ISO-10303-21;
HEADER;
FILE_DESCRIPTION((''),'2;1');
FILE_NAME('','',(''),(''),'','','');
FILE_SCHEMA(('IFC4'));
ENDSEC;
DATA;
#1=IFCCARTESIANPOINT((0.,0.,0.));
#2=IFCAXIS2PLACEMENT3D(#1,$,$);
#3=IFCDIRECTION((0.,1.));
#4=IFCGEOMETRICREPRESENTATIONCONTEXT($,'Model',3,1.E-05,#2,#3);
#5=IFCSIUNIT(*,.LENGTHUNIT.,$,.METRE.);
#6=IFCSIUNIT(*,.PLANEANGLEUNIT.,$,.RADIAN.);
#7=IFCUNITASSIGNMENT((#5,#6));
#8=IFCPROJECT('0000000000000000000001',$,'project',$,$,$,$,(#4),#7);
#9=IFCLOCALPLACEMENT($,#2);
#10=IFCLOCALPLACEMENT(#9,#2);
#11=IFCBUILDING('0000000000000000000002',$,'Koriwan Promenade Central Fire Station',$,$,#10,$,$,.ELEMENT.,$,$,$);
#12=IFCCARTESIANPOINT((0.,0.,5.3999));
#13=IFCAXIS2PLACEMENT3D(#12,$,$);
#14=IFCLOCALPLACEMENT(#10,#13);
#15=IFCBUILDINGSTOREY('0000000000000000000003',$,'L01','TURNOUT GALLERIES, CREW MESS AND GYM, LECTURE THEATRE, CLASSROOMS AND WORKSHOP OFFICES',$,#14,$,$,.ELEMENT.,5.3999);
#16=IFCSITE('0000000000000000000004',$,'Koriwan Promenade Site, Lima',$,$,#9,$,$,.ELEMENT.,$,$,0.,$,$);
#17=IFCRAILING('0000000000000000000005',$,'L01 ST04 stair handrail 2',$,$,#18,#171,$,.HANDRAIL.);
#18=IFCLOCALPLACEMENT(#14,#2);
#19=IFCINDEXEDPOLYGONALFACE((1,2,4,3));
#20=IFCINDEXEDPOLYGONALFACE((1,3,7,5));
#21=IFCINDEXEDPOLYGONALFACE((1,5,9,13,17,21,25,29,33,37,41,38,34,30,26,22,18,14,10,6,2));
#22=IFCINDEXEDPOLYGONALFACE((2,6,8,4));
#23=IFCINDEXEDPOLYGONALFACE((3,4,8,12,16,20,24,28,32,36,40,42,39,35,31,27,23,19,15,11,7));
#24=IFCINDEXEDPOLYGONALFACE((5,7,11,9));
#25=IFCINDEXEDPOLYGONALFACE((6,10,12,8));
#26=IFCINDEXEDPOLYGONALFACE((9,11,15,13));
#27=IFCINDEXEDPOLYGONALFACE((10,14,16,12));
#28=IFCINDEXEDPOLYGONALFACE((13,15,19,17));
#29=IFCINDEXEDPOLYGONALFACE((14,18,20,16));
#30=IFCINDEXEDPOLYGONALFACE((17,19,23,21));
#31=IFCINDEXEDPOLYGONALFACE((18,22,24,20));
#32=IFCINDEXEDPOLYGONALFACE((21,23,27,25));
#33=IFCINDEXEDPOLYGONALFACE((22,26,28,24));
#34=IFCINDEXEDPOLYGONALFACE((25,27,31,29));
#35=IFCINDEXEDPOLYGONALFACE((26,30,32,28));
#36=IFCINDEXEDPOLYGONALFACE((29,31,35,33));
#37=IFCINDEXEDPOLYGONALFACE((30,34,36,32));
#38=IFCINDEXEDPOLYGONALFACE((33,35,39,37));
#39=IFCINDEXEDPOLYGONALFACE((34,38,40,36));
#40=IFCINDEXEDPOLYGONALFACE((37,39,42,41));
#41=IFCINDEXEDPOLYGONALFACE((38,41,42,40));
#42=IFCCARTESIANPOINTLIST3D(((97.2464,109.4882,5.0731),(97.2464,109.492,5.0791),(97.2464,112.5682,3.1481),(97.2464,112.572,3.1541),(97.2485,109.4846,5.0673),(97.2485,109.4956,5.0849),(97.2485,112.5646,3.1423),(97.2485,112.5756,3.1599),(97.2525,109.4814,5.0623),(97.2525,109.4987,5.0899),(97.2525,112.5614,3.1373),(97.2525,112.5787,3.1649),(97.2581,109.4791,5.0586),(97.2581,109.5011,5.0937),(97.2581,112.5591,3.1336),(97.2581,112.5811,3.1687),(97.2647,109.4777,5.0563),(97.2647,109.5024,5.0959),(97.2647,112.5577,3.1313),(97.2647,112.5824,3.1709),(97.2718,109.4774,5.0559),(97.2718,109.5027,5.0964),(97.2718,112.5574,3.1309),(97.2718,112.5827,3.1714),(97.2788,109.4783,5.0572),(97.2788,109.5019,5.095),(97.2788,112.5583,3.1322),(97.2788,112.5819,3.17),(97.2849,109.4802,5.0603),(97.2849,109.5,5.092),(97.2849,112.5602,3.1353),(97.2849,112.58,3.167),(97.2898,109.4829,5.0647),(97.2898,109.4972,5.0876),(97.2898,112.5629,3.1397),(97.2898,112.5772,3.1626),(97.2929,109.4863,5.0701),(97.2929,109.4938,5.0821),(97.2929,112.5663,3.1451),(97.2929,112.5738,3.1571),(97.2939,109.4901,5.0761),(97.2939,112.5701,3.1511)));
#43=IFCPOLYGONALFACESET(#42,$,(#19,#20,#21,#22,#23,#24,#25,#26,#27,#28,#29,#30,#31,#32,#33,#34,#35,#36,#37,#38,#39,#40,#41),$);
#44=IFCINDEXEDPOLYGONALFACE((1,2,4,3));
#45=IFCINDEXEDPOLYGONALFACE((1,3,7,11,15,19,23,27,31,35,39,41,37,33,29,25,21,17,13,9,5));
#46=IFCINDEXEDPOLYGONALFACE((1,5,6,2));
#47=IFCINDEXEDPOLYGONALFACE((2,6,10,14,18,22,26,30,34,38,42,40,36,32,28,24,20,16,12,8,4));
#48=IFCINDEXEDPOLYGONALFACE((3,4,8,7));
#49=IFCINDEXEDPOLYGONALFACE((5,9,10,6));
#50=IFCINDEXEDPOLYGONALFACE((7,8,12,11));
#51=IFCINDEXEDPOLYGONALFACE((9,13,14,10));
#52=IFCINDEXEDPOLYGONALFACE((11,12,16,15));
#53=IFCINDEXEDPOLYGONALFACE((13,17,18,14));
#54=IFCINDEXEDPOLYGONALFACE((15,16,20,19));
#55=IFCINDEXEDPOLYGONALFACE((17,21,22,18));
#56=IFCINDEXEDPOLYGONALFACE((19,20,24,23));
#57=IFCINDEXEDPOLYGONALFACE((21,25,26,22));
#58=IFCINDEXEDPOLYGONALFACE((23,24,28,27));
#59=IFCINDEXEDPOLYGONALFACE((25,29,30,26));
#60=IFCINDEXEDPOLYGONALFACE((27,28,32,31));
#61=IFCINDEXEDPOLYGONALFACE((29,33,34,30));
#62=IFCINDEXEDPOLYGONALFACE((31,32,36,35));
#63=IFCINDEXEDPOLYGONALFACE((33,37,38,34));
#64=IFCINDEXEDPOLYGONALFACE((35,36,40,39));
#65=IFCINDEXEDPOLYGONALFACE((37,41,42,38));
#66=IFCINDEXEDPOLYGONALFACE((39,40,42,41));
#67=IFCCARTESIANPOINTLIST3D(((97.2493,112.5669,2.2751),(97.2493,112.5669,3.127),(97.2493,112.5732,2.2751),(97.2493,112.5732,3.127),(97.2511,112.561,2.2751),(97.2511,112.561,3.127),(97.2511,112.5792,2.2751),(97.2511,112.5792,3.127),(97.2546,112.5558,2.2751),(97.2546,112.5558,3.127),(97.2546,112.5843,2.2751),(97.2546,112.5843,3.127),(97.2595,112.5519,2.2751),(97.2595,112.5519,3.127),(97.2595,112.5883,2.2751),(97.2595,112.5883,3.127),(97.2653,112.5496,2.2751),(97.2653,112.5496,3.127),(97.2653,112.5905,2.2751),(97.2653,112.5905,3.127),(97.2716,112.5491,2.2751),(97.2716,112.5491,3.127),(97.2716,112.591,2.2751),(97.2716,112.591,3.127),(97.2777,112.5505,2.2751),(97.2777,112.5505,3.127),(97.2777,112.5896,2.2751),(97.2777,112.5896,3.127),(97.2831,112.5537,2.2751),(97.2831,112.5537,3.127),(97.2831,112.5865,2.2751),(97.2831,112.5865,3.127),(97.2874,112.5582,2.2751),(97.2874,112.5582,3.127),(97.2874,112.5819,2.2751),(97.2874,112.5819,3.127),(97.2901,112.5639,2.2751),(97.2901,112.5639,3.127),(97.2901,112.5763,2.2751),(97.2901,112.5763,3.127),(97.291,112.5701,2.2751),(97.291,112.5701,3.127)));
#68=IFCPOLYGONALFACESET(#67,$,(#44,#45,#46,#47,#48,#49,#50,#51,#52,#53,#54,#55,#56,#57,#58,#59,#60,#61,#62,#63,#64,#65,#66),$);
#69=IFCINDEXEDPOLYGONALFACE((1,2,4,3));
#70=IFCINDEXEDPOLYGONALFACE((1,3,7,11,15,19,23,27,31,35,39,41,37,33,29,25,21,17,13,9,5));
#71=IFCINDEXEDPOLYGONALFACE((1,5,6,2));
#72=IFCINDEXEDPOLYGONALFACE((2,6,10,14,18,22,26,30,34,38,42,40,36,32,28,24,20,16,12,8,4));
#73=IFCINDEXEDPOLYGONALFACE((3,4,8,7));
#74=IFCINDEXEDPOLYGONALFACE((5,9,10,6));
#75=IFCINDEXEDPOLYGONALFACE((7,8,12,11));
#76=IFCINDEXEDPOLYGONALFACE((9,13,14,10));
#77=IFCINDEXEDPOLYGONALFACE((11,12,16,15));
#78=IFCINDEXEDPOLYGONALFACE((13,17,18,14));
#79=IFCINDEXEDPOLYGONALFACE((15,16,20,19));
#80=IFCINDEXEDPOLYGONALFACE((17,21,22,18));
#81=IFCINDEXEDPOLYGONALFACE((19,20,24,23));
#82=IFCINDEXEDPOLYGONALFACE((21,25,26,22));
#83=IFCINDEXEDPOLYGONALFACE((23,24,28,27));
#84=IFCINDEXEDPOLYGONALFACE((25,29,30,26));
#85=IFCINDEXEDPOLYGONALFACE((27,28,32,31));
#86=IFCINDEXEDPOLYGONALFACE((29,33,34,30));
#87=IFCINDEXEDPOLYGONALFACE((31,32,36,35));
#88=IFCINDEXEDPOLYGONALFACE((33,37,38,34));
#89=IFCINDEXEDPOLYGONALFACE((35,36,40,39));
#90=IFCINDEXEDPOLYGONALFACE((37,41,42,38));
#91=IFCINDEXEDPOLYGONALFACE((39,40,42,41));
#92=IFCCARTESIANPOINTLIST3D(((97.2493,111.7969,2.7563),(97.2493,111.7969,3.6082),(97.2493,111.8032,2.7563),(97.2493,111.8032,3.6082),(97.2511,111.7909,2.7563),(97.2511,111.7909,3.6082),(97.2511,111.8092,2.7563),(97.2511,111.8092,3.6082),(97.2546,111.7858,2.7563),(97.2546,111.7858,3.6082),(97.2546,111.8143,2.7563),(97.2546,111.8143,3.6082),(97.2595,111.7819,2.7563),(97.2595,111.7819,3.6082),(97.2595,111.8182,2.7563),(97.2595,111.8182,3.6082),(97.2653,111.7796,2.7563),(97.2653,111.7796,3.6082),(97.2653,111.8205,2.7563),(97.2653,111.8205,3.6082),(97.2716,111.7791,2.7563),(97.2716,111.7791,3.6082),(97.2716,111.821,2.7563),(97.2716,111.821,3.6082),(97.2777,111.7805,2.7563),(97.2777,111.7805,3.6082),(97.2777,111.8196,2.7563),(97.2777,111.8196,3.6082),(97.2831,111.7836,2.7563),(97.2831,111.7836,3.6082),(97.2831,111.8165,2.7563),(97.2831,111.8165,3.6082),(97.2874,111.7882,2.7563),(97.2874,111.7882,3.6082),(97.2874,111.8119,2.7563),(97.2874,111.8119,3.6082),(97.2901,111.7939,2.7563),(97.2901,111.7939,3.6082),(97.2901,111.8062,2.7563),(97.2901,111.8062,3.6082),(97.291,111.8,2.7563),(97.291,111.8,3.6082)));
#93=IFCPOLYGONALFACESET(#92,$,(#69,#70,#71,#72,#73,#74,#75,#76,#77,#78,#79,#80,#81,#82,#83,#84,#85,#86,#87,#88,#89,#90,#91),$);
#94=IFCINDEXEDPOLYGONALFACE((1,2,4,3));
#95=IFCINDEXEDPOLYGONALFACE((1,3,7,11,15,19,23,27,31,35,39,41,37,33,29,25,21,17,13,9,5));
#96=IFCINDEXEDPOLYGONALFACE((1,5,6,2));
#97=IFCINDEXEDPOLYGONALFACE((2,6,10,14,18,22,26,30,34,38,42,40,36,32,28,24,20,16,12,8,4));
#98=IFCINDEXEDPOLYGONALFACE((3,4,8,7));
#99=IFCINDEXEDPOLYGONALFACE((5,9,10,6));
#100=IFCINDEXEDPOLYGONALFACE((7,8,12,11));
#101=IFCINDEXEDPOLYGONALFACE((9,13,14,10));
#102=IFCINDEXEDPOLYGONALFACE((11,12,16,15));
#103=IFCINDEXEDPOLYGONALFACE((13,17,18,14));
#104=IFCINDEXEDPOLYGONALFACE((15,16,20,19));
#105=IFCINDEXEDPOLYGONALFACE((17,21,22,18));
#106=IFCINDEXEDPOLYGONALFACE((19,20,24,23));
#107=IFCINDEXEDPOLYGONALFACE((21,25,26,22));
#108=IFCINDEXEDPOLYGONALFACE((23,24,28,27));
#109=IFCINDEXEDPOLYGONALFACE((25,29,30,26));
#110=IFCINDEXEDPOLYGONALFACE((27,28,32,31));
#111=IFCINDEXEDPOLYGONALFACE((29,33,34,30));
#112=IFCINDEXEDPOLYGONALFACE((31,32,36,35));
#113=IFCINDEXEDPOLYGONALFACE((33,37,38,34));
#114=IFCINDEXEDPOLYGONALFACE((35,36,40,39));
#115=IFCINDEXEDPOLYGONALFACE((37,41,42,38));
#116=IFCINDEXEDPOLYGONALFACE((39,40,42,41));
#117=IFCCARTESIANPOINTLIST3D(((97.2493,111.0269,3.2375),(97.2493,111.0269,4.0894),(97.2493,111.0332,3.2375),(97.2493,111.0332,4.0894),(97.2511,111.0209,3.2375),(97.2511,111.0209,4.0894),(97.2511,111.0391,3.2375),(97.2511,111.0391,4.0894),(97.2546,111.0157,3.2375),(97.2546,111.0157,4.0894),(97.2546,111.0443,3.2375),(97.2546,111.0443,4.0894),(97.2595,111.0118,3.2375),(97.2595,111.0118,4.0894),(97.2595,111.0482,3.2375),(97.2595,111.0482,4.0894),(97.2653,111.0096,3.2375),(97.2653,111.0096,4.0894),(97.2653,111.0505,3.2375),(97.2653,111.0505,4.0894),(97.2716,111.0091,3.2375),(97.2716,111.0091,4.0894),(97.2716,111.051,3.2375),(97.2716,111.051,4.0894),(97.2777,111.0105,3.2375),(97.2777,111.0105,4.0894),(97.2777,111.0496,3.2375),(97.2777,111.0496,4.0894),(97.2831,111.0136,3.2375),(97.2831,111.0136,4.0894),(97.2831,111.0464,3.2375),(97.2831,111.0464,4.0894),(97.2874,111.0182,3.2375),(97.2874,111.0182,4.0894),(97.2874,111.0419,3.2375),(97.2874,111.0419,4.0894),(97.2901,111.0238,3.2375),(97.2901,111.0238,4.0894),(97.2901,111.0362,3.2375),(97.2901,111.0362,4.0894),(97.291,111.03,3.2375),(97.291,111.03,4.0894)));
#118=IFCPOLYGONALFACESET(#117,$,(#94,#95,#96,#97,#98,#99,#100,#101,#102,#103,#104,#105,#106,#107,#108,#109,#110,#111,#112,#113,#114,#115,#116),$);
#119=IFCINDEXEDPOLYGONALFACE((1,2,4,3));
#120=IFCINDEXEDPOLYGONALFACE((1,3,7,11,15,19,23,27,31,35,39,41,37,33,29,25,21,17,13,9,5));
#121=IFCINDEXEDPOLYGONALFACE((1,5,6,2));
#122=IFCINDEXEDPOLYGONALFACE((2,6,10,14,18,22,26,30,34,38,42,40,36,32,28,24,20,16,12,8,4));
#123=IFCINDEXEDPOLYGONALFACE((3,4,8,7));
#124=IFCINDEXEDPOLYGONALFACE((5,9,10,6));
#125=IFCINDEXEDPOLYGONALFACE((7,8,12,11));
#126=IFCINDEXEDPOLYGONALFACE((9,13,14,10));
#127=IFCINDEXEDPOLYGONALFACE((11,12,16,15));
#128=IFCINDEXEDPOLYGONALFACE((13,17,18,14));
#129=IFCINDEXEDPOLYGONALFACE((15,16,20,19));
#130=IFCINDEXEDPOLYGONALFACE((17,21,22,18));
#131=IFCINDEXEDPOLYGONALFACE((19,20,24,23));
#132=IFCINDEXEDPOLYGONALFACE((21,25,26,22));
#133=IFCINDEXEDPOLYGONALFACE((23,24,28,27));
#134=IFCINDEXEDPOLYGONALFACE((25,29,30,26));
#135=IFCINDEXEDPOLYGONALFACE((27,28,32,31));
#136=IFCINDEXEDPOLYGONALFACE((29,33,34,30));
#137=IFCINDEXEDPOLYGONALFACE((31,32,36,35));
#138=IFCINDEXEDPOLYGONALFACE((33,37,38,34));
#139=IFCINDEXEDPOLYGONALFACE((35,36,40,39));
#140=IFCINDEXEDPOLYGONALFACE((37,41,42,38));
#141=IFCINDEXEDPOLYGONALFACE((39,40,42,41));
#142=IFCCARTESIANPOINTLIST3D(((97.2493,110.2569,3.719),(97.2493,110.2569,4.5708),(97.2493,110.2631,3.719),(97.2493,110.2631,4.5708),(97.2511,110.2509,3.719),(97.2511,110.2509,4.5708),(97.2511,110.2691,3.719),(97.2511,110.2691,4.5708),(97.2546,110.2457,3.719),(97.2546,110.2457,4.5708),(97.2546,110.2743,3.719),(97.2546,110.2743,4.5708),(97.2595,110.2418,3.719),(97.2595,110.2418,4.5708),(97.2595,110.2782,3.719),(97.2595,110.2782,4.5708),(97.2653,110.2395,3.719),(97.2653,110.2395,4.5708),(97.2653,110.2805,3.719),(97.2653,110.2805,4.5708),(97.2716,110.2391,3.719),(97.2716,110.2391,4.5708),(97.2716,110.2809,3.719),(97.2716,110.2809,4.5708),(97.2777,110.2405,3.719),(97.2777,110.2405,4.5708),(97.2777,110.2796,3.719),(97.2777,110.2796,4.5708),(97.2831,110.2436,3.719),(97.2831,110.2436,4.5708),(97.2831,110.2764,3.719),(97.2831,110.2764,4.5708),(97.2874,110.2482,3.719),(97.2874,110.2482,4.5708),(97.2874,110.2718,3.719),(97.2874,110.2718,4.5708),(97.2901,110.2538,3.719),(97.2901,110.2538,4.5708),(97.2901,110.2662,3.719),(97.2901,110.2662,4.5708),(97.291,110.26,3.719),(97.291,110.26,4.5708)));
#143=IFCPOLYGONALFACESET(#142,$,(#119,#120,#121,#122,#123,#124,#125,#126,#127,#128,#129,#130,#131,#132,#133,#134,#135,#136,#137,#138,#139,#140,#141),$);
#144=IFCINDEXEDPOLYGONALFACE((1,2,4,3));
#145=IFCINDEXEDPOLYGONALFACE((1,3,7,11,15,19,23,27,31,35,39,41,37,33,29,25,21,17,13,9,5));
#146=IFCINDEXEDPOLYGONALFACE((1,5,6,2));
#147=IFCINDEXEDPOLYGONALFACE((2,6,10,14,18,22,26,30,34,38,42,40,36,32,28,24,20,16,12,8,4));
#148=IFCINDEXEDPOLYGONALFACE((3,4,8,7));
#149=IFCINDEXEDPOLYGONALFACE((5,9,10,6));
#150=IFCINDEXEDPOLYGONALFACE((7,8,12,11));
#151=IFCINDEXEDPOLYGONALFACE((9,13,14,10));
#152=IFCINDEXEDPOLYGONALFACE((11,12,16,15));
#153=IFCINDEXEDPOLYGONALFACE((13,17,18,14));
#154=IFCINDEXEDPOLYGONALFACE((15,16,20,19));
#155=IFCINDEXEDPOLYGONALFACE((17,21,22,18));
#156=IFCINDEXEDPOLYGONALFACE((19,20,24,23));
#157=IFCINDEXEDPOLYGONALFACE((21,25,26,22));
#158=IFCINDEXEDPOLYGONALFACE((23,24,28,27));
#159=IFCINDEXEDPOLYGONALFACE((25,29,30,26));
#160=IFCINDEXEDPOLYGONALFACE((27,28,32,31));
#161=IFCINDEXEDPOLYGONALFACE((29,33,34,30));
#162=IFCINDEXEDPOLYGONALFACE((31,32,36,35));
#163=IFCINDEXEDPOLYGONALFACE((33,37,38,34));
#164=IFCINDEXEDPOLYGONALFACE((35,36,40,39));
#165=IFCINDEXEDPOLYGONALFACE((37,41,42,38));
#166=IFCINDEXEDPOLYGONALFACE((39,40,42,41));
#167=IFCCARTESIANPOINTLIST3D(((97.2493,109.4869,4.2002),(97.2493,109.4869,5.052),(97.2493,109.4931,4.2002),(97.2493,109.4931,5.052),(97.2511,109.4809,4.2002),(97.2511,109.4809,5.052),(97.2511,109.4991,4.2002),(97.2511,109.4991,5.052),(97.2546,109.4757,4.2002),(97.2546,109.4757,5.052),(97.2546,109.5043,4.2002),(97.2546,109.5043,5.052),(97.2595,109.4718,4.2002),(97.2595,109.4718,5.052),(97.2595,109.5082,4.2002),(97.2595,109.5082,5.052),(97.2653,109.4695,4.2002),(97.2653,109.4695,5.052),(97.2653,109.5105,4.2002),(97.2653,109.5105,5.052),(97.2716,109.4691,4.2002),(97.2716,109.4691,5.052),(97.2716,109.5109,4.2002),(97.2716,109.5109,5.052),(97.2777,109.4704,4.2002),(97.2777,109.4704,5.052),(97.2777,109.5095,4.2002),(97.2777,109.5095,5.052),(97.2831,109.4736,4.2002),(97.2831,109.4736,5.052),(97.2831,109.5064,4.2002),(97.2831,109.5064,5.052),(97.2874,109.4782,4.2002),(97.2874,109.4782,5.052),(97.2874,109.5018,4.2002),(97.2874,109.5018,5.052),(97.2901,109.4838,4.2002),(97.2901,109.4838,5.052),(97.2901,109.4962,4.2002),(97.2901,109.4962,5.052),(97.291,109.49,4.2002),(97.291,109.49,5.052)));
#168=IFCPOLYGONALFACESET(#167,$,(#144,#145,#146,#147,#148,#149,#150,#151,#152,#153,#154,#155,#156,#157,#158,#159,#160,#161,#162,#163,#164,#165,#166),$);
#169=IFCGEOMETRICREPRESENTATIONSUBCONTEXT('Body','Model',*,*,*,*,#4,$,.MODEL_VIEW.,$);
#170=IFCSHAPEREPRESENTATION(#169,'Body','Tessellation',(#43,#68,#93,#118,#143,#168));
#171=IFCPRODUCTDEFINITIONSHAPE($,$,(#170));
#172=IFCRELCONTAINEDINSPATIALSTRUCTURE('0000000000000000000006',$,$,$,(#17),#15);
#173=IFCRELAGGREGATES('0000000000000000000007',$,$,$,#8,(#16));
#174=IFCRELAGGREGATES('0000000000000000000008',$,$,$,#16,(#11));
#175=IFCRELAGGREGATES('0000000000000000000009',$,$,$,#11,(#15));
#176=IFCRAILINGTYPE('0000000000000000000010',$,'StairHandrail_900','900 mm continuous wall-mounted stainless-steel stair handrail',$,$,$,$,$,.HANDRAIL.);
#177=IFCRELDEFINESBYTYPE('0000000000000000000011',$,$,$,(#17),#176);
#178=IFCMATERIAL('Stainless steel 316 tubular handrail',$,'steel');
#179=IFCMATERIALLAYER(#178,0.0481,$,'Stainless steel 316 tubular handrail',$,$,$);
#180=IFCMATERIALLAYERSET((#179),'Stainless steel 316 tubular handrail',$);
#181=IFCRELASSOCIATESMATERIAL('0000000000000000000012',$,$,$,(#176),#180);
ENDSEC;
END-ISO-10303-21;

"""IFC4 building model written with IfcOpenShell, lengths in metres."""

from ifc_helpers import new_model, si_unit, direction, frame, origin, origin_2d, place, context, subcontext, project, spatial, circle, extrude, material, layer, layer_set, type_object, element, save


model = new_model("IFC4")

# Units and contexts
model_context = context("Model", 3, precision=1e-05, world=origin(), true_north=direction((0.0, 1.0)))
body_context = subcontext(model_context, "Body", "Model", "MODEL_VIEW")
ifc_project = project(units=[si_unit("LENGTHUNIT", "METRE"), si_unit("PLANEANGLEUNIT", "RADIAN")], contexts=[model_context])

# Site, building, storey
site_placement = place(None, origin())
site = spatial("IfcSite", under=ifc_project, at=site_placement, Name="Koriwan Promenade Site, Lima", CompositionType="ELEMENT", RefElevation=0.0)
building_placement = place(site_placement, origin())
building = spatial("IfcBuilding", under=site, at=building_placement, Name="Koriwan Promenade Central Fire Station", CompositionType="ELEMENT")
storey_placement = place(building_placement, frame((0.0, 0.0, 5.3999)))
storey = spatial("IfcBuildingStorey", under=building, at=storey_placement, Name="L01", Description="TURNOUT GALLERIES, CREW MESS AND GYM, LECTURE THEATRE, CLASSROOMS AND WORKSHOP OFFICES", CompositionType="ELEMENT", Elevation=5.3999)

# Railing
ifc_material_1 = material(Name="Stainless steel 316 tubular handrail", Category="steel")
ifc_layer_1 = layer(ifc_material_1, 0.0481, Name="Stainless steel 316 tubular handrail")
ifc_layer_set_1 = layer_set([ifc_layer_1], Name="Stainless steel 316 tubular handrail")
railing_type_1 = type_object("IfcRailingType", Name="StairHandrail_900", Description="900 mm continuous wall-mounted stainless-steel stair handrail", PredefinedType="HANDRAIL", material=ifc_layer_set_1)
railing_1_placement = place(storey_placement, frame((97.27, 112.5701, 2.2751)))
element("IfcRailing", 1, at=railing_1_placement, inside=storey, type_object=railing_type_1, Name="L01 ST04 stair handrail 2", PredefinedType="HANDRAIL", context=body_context, shape_type="SweptSolid", body=[
    extrude(circle(Radius=0.0239, at=origin_2d()), frame((0.0, 0.0, 0.876), z_axis=(0.0, -0.847998, 0.529999), x_axis=(1.0, 0.0, 0.0)), (0.0, 0.0, 1.0), 3.6321),
    extrude(circle(Radius=0.021, at=origin_2d()), origin(), (0.0, 0.0, 1.0), 0.8518),
    extrude(circle(Radius=0.021, at=origin_2d()), frame((0.0, -0.77, 0.4812)), (0.0, 0.0, 1.0), 0.8518),
    extrude(circle(Radius=0.021, at=origin_2d()), frame((0.0, -1.54, 0.9624)), (0.0, 0.0, 1.0), 0.8518),
    extrude(circle(Radius=0.021, at=origin_2d()), frame((0.0, -2.3101, 1.4438)), (0.0, 0.0, 1.0), 0.8518),
    extrude(circle(Radius=0.021, at=origin_2d()), frame((0.0, -3.0801, 1.925)), (0.0, 0.0, 1.0), 0.8518),
])

save(model, "model.ifc")
